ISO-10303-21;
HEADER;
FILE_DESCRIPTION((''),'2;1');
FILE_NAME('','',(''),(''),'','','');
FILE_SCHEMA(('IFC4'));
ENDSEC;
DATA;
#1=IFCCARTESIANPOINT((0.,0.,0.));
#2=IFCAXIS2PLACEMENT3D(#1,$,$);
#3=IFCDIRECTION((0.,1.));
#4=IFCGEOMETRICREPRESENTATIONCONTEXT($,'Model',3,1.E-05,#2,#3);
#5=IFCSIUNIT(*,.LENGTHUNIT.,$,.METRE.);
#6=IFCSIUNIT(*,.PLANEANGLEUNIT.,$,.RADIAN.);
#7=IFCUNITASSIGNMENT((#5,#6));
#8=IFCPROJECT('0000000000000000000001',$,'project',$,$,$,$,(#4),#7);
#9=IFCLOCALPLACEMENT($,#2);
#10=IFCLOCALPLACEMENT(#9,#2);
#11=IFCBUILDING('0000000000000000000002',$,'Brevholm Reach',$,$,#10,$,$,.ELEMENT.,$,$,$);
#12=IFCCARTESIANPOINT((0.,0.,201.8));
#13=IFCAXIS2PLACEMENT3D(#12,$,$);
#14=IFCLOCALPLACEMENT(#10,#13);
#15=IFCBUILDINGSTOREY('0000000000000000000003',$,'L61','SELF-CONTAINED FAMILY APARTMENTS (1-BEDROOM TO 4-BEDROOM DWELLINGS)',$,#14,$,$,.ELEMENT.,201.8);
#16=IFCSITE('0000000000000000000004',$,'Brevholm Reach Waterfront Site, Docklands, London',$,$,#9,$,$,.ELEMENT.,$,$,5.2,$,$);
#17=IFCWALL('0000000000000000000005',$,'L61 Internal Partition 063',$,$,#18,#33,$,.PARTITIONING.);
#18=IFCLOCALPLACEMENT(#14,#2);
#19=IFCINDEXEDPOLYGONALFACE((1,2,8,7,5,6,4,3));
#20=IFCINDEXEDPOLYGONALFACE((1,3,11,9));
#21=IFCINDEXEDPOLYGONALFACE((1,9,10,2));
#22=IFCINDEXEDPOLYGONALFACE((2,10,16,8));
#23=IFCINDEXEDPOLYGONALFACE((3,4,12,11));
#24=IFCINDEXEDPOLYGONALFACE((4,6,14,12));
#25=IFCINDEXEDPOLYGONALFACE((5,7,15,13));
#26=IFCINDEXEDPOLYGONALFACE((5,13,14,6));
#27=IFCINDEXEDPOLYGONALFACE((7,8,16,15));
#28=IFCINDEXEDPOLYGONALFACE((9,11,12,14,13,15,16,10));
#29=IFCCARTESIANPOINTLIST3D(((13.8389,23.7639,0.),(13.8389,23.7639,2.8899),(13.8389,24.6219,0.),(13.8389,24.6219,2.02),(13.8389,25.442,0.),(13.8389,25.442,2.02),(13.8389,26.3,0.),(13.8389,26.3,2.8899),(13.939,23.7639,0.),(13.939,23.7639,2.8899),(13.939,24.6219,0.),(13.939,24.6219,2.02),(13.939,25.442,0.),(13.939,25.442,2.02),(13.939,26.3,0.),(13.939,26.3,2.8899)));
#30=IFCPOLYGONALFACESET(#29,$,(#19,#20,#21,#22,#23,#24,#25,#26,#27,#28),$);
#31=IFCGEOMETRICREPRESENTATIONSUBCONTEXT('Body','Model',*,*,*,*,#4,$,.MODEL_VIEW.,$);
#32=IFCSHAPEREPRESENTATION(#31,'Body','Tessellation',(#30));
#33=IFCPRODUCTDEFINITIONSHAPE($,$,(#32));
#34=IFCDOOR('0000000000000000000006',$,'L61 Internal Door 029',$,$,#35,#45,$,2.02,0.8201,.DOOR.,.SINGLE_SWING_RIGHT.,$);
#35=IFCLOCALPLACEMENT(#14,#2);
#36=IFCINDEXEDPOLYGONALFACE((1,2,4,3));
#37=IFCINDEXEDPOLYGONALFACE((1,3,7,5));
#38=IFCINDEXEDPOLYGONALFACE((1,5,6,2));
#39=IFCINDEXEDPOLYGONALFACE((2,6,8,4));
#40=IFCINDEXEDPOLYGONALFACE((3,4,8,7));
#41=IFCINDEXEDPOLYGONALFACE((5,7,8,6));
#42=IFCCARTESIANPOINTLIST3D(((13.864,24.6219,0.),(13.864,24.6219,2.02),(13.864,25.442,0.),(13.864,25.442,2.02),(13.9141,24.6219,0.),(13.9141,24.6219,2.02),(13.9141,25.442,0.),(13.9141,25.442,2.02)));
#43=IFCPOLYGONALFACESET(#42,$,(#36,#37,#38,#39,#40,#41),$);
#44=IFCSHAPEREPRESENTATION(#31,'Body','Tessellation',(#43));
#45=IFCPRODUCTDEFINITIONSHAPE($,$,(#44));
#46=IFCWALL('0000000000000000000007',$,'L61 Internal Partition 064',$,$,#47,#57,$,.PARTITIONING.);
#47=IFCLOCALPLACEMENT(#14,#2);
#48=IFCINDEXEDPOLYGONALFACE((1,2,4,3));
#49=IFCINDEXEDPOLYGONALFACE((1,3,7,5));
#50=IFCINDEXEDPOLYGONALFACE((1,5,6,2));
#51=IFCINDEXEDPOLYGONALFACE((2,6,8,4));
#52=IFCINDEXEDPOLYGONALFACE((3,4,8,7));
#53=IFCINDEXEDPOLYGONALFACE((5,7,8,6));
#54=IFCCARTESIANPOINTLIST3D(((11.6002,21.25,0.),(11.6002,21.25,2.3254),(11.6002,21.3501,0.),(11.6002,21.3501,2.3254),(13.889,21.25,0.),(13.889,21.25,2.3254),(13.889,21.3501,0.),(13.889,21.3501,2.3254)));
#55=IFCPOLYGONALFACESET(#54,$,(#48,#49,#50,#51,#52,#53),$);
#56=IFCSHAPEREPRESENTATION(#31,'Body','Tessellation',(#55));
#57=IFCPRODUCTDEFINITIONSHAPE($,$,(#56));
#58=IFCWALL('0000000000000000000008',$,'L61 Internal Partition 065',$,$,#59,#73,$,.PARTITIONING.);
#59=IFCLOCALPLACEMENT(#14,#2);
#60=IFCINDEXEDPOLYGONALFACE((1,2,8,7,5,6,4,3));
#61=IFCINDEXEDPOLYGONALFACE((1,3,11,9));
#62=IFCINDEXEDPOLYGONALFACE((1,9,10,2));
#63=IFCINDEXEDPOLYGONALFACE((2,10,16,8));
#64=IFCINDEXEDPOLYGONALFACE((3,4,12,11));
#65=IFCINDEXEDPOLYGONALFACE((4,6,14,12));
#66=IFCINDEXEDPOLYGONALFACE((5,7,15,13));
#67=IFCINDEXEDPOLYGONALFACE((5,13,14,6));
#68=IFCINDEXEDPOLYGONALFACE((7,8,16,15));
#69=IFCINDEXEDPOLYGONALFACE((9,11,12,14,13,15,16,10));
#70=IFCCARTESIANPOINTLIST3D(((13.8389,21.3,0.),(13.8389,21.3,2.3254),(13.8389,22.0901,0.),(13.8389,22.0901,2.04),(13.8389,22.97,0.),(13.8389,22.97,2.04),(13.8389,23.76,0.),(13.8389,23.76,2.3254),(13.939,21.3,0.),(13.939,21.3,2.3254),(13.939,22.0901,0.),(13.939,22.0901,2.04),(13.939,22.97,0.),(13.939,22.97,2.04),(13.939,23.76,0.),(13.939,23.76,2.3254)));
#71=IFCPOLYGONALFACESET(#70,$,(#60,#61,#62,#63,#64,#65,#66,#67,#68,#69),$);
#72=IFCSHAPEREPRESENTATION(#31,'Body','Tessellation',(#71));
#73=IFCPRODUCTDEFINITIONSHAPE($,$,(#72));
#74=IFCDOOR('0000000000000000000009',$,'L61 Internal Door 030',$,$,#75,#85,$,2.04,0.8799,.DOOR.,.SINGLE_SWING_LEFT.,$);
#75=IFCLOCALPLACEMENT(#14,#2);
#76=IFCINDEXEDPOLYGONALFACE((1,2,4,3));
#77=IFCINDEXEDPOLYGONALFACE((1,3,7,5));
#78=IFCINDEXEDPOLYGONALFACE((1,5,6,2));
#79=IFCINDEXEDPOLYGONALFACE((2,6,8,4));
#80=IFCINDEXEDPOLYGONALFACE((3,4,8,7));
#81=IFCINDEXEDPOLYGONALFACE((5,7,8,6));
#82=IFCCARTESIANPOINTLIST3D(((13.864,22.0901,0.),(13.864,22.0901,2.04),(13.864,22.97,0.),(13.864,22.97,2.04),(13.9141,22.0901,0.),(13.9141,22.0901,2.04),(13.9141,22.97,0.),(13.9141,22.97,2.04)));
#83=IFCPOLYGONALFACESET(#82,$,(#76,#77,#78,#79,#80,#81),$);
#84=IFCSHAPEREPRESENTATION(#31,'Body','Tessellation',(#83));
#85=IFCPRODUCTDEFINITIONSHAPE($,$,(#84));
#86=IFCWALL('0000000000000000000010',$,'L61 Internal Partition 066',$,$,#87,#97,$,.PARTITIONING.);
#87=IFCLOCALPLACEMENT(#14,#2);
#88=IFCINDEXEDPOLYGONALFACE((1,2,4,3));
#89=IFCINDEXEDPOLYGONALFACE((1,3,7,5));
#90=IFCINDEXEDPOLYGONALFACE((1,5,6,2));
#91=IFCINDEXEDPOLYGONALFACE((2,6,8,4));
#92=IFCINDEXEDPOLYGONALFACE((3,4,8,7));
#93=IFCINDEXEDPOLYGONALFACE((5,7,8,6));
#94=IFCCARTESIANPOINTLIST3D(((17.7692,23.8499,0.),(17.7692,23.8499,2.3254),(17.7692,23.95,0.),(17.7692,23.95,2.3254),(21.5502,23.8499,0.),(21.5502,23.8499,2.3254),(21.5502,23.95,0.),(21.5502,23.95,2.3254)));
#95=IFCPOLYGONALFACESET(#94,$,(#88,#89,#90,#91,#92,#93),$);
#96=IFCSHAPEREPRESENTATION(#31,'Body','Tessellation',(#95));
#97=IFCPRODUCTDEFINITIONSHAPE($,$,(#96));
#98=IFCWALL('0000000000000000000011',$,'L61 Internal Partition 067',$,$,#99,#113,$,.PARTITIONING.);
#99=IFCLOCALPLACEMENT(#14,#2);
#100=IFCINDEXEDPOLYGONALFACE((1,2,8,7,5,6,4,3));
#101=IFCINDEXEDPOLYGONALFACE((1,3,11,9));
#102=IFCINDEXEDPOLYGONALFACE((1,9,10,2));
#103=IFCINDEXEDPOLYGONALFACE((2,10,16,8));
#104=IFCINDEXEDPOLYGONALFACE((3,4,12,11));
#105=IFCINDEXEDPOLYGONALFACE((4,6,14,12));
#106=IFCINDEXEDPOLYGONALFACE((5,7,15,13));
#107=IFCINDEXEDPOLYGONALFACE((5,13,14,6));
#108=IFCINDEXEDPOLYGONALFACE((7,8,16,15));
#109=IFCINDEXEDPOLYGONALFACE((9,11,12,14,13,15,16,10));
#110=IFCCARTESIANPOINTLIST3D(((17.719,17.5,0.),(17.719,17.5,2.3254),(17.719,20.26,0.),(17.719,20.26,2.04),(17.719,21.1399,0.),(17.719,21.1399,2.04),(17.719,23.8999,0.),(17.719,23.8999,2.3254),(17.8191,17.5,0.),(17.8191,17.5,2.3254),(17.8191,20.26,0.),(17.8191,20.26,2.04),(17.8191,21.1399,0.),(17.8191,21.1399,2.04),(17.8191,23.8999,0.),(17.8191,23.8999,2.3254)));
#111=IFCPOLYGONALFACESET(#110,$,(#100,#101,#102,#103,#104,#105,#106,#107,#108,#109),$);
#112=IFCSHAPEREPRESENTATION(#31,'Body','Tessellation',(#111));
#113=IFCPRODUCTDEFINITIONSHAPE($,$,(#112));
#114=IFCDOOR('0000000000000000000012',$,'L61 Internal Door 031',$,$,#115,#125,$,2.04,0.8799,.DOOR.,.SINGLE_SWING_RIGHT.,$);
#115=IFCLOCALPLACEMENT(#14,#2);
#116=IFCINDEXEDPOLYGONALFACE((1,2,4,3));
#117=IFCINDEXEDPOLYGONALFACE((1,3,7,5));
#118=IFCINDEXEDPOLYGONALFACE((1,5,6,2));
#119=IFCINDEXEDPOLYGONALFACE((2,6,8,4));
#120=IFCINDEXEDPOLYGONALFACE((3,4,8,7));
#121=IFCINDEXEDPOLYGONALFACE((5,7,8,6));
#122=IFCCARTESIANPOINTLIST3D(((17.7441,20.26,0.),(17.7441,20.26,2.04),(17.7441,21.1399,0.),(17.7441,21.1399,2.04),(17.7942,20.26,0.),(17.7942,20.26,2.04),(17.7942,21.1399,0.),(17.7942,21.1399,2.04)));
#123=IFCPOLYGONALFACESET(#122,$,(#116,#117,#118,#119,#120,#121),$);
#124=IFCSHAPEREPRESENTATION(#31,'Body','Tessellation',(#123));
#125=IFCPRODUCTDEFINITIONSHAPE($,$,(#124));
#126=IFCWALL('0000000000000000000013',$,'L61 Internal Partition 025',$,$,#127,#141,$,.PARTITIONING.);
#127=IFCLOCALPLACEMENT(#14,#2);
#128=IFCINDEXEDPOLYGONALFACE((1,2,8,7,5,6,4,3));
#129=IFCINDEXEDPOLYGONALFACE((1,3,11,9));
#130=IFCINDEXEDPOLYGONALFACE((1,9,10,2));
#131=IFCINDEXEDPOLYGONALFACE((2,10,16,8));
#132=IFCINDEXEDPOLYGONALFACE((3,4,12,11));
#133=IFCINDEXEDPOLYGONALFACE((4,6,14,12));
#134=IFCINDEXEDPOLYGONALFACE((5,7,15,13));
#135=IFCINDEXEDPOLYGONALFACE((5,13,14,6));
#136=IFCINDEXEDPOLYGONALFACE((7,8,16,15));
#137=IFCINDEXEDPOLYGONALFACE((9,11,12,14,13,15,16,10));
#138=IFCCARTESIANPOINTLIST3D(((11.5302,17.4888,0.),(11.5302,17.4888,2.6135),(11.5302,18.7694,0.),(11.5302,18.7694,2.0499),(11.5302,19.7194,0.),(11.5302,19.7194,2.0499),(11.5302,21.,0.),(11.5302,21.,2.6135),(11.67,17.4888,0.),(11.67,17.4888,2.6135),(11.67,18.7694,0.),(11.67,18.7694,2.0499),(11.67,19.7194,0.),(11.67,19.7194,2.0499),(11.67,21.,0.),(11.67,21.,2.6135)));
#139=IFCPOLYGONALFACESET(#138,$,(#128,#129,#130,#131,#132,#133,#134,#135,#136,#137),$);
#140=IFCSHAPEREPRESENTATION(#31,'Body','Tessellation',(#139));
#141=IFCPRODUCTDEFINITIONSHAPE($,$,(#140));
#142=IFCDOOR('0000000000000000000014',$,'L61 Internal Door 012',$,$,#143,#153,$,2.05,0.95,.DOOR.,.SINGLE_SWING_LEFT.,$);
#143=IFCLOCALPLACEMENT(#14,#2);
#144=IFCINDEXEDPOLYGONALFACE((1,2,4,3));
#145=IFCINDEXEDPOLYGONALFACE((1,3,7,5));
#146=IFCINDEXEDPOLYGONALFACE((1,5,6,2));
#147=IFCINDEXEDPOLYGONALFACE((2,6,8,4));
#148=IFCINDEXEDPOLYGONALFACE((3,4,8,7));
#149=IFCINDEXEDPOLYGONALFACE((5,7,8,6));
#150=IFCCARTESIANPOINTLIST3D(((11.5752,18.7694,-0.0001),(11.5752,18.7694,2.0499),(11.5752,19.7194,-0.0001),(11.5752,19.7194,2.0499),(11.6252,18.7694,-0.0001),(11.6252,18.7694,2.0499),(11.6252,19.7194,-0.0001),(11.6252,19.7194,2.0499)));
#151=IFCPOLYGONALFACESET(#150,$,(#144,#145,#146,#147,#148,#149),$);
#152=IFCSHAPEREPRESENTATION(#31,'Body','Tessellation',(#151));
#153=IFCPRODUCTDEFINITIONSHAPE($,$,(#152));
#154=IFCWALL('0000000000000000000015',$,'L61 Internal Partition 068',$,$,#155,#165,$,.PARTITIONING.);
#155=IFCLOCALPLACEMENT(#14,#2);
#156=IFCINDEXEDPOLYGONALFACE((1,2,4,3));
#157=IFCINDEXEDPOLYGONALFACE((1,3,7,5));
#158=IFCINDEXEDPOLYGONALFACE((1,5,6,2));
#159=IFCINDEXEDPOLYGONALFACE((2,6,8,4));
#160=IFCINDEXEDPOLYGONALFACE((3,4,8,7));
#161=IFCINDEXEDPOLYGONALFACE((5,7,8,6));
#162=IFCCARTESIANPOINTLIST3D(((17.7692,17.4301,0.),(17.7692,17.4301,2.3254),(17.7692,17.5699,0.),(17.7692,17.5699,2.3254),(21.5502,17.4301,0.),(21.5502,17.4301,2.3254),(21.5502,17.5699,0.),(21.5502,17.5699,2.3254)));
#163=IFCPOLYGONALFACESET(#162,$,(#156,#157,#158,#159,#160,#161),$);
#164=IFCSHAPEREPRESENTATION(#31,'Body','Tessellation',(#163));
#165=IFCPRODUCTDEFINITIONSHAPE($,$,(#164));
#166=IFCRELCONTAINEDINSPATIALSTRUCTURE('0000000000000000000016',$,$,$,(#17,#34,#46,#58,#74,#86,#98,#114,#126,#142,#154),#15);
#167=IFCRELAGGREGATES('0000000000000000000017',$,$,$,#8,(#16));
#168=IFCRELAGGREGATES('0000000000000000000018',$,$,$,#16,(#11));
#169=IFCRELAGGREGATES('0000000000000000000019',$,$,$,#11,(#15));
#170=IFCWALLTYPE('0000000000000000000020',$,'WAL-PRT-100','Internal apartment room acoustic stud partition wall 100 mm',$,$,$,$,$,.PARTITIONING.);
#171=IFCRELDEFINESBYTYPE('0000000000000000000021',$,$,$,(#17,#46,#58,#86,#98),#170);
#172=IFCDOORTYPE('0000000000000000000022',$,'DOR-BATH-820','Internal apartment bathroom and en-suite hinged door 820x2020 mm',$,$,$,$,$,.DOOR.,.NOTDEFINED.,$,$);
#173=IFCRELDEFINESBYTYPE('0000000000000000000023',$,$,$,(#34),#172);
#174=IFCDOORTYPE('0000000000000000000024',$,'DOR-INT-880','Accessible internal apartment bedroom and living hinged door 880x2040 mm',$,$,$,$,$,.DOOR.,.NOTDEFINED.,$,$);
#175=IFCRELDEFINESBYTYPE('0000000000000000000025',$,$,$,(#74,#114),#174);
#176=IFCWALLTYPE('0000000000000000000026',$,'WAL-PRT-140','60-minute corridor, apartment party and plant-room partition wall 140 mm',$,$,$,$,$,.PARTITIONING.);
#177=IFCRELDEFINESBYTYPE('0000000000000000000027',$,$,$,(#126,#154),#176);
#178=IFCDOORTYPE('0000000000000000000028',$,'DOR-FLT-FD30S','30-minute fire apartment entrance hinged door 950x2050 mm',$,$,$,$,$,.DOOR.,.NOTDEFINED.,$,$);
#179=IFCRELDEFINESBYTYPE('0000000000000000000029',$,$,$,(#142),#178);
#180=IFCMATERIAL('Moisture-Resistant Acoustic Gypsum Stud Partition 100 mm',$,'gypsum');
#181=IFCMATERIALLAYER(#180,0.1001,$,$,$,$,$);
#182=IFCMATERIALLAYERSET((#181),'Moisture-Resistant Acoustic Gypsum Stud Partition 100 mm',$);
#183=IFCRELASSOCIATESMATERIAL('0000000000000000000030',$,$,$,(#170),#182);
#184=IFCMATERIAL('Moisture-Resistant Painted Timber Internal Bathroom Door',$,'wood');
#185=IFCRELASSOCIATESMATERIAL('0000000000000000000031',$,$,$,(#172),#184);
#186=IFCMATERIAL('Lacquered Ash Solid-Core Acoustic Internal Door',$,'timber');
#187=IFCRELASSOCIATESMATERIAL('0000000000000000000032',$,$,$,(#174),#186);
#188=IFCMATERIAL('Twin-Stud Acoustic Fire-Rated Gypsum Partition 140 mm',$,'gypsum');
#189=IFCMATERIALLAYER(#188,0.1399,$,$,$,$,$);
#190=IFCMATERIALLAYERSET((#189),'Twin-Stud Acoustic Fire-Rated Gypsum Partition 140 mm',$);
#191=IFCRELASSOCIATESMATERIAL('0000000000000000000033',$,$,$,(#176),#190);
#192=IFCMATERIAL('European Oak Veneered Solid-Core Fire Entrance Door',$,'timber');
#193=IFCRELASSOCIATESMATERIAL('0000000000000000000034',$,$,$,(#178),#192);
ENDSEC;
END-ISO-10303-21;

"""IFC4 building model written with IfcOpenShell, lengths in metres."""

from ifc_helpers import new_model, si_unit, direction, frame, frame_2d, origin, place, context, subcontext, project, spatial, rectangle, extrude, material, layer, layer_set, type_object, element, fill, save


model = new_model("IFC4")

# Units and contexts
model_context = context("Model", 3, precision=1e-05, world=origin(), true_north=direction((0.0, 1.0)))
body_context = subcontext(model_context, "Body", "Model", "MODEL_VIEW")
ifc_project = project(units=[si_unit("LENGTHUNIT", "METRE"), si_unit("PLANEANGLEUNIT", "RADIAN")], contexts=[model_context])

# Site, building, storey
site_placement = place(None, origin())
site = spatial("IfcSite", under=ifc_project, at=site_placement, Name="Brevholm Reach Waterfront Site, Docklands, London", CompositionType="ELEMENT", RefElevation=5.2)
building_placement = place(site_placement, origin())
building = spatial("IfcBuilding", under=site, at=building_placement, Name="Brevholm Reach", CompositionType="ELEMENT")
storey_placement = place(building_placement, frame((0.0, 0.0, 201.8)))
storey = spatial("IfcBuildingStorey", under=building, at=storey_placement, Name="L61", Description="SELF-CONTAINED FAMILY APARTMENTS (1-BEDROOM TO 4-BEDROOM DWELLINGS)", CompositionType="ELEMENT", Elevation=201.8)

# Shared definitions
ifc_material_1 = material(Name="Moisture-Resistant Acoustic Gypsum Stud Partition 100 mm", Category="gypsum")
ifc_layer_1 = layer(ifc_material_1, 0.1001)
ifc_layer_set_1 = layer_set([ifc_layer_1], Name="Moisture-Resistant Acoustic Gypsum Stud Partition 100 mm")
wall_type_1 = type_object("IfcWallType", Name="WAL-PRT-100", Description="Internal apartment room acoustic stud partition wall 100 mm", PredefinedType="PARTITIONING", material=ifc_layer_set_1)

# Wall, opening, door
wall_1_placement = place(storey_placement, frame((13.8889, 23.7639, 0.0), z_axis=(0.0, 0.0, 1.0), x_axis=(0.0, 1.0, 0.0)))
wall_1 = element("IfcWall", 1, at=wall_1_placement, inside=storey, type_object=wall_type_1, Name="L61 Internal Partition 063", PredefinedType="PARTITIONING", context=body_context, shape_type="SweptSolid", body=[
    extrude(rectangle(XDim=2.5361, YDim=0.1001, at=frame_2d((1.2681, 0.0))), origin(), (0.0, 0.0, 1.0), 2.8899),
])
opening_1_placement = place(wall_1_placement, frame((0.8579, 0.0, 0.0)))
opening_1 = element("IfcOpeningElement", 2, at=opening_1_placement, cuts=wall_1, PredefinedType="OPENING", context=body_context, shape_type="SweptSolid", body=[
    extrude(rectangle(XDim=0.8201, YDim=2.02, at=frame_2d((0.4102, 1.01))), frame((0.0, 0.0601, 0.0), z_axis=(0.0, -1.0, 0.0), x_axis=(1.0, 0.0, 0.0)), (0.0, 0.0, 1.0), 0.1201),
])
ifc_material_2 = material(Name="Moisture-Resistant Painted Timber Internal Bathroom Door", Category="wood")
door_type_1 = type_object("IfcDoorType", Name="DOR-BATH-820", Description="Internal apartment bathroom and en-suite hinged door 820x2020 mm", OperationType="NOTDEFINED", PredefinedType="DOOR", material=ifc_material_2)
door_1_placement = place(opening_1_placement, origin())
door_1 = element("IfcDoor", 3, at=door_1_placement, inside=storey, type_object=door_type_1, Name="L61 Internal Door 029", OperationType="SINGLE_SWING_RIGHT", OverallHeight=2.02, OverallWidth=0.8201, PredefinedType="DOOR", context=body_context, shape_type="SweptSolid", body=[
    extrude(rectangle(XDim=0.8201, YDim=2.02, at=frame_2d((0.4102, 1.01))), frame((0.0, 0.0249, 0.0), z_axis=(0.0, -1.0, 0.0), x_axis=(1.0, 0.0, 0.0)), (0.0, 0.0, 1.0), 0.05),
])
fill(opening_1, door_1)

# Wall
wall_2_placement = place(storey_placement, frame((11.6001, 21.3, 0.0), z_axis=(0.0, 0.0, 1.0), x_axis=(1.0, 0.0, 0.0)))
element("IfcWall", 4, at=wall_2_placement, inside=storey, type_object=wall_type_1, Name="L61 Internal Partition 064", PredefinedType="PARTITIONING", context=body_context, shape_type="SweptSolid", body=[
    extrude(rectangle(XDim=2.2888, YDim=0.1001, at=frame_2d((1.1445, 0.0))), origin(), (0.0, 0.0, 1.0), 2.3254),
])

# Wall, opening, door
wall_3_placement = place(storey_placement, frame((13.8889, 21.3, 0.0), z_axis=(0.0, 0.0, 1.0), x_axis=(0.0, 1.0, 0.0)))
wall_3 = element("IfcWall", 5, at=wall_3_placement, inside=storey, type_object=wall_type_1, Name="L61 Internal Partition 065", PredefinedType="PARTITIONING", context=body_context, shape_type="SweptSolid", body=[
    extrude(rectangle(XDim=2.46, YDim=0.1001, at=frame_2d((1.23, 0.0))), origin(), (0.0, 0.0, 1.0), 2.3254),
])
opening_2_placement = place(wall_3_placement, frame((0.79, 0.0, 0.0)))
opening_2 = element("IfcOpeningElement", 6, at=opening_2_placement, cuts=wall_3, PredefinedType="OPENING", context=body_context, shape_type="SweptSolid", body=[
    extrude(rectangle(XDim=0.8799, YDim=2.04, at=frame_2d((0.4399, 1.02))), frame((0.0, 0.0601, 0.0), z_axis=(0.0, -1.0, 0.0), x_axis=(1.0, 0.0, 0.0)), (0.0, 0.0, 1.0), 0.1201),
])
ifc_material_3 = material(Name="Lacquered Ash Solid-Core Acoustic Internal Door", Category="timber")
door_type_2 = type_object("IfcDoorType", Name="DOR-INT-880", Description="Accessible internal apartment bedroom and living hinged door 880x2040 mm", OperationType="NOTDEFINED", PredefinedType="DOOR", material=ifc_material_3)
door_2_placement = place(opening_2_placement, origin())
door_2 = element("IfcDoor", 7, at=door_2_placement, inside=storey, type_object=door_type_2, Name="L61 Internal Door 030", OperationType="SINGLE_SWING_LEFT", OverallHeight=2.04, OverallWidth=0.8799, PredefinedType="DOOR", context=body_context, shape_type="SweptSolid", body=[
    extrude(rectangle(XDim=0.8799, YDim=2.04, at=frame_2d((0.4399, 1.02))), frame((0.0, 0.0249, 0.0), z_axis=(0.0, -1.0, 0.0), x_axis=(1.0, 0.0, 0.0)), (0.0, 0.0, 1.0), 0.05),
])
fill(opening_2, door_2)

# Wall
wall_4_placement = place(storey_placement, frame((17.769, 23.8999, 0.0), z_axis=(0.0, 0.0, 1.0), x_axis=(1.0, 0.0, 0.0)))
element("IfcWall", 8, at=wall_4_placement, inside=storey, type_object=wall_type_1, Name="L61 Internal Partition 066", PredefinedType="PARTITIONING", context=body_context, shape_type="SweptSolid", body=[
    extrude(rectangle(XDim=3.781, YDim=0.1001, at=frame_2d((1.8906, 0.0))), origin(), (0.0, 0.0, 1.0), 2.3254),
])

# Walls, openings, doors
wall_5_placement = place(storey_placement, frame((17.769, 17.5, 0.0), z_axis=(0.0, 0.0, 1.0), x_axis=(0.0, 1.0, 0.0)))
wall_5 = element("IfcWall", 9, at=wall_5_placement, inside=storey, type_object=wall_type_1, Name="L61 Internal Partition 067", PredefinedType="PARTITIONING", context=body_context, shape_type="SweptSolid", body=[
    extrude(rectangle(XDim=6.3999, YDim=0.1001, at=frame_2d((3.2, 0.0))), origin(), (0.0, 0.0, 1.0), 2.3254),
])
opening_3_placement = place(wall_5_placement, frame((2.76, 0.0, 0.0)))
opening_3 = element("IfcOpeningElement", 10, at=opening_3_placement, cuts=wall_5, PredefinedType="OPENING", context=body_context, shape_type="SweptSolid", body=[
    extrude(rectangle(XDim=0.8799, YDim=2.04, at=frame_2d((0.4399, 1.02))), frame((0.0, 0.0601, 0.0), z_axis=(0.0, -1.0, 0.0), x_axis=(1.0, 0.0, 0.0)), (0.0, 0.0, 1.0), 0.1201),
])
door_3_placement = place(opening_3_placement, origin())
door_3 = element("IfcDoor", 11, at=door_3_placement, inside=storey, type_object=door_type_2, Name="L61 Internal Door 031", OperationType="SINGLE_SWING_RIGHT", OverallHeight=2.04, OverallWidth=0.8799, PredefinedType="DOOR", context=body_context, shape_type="SweptSolid", body=[
    extrude(rectangle(XDim=0.8799, YDim=2.04, at=frame_2d((0.4399, 1.02))), frame((0.0, 0.0249, 0.0), z_axis=(0.0, -1.0, 0.0), x_axis=(1.0, 0.0, 0.0)), (0.0, 0.0, 1.0), 0.05),
])
fill(opening_3, door_3)
ifc_material_4 = material(Name="Twin-Stud Acoustic Fire-Rated Gypsum Partition 140 mm", Category="gypsum")
ifc_layer_2 = layer(ifc_material_4, 0.1399)
ifc_layer_set_2 = layer_set([ifc_layer_2], Name="Twin-Stud Acoustic Fire-Rated Gypsum Partition 140 mm")
wall_type_2 = type_object("IfcWallType", Name="WAL-PRT-140", Description="60-minute corridor, apartment party and plant-room partition wall 140 mm", PredefinedType="PARTITIONING", material=ifc_layer_set_2)
wall_6_placement = place(storey_placement, frame((11.6001, 17.4888, 0.0), z_axis=(0.0, 0.0, 1.0), x_axis=(0.0, 1.0, 0.0)))
wall_6 = element("IfcWall", 12, at=wall_6_placement, inside=storey, type_object=wall_type_2, Name="L61 Internal Partition 025", PredefinedType="PARTITIONING", context=body_context, shape_type="SweptSolid", body=[
    extrude(rectangle(XDim=3.5112, YDim=0.1399, at=frame_2d((1.7556, 0.0))), origin(), (0.0, 0.0, 1.0), 2.6135),
])
opening_4_placement = place(wall_6_placement, frame((1.2805, 0.0, 0.0)))
opening_4 = element("IfcOpeningElement", 13, at=opening_4_placement, cuts=wall_6, PredefinedType="OPENING", context=body_context, shape_type="SweptSolid", body=[
    extrude(rectangle(XDim=0.95, YDim=2.05, at=frame_2d((0.4751, 1.0249))), frame((0.0, 0.0798, 0.0), z_axis=(0.0, -1.0, 0.0), x_axis=(1.0, 0.0, 0.0)), (0.0, 0.0, 1.0), 0.1599),
])
ifc_material_5 = material(Name="European Oak Veneered Solid-Core Fire Entrance Door", Category="timber")
door_type_3 = type_object("IfcDoorType", Name="DOR-FLT-FD30S", Description="30-minute fire apartment entrance hinged door 950x2050 mm", OperationType="NOTDEFINED", PredefinedType="DOOR", material=ifc_material_5)
door_4_placement = place(opening_4_placement, origin())
door_4 = element("IfcDoor", 14, at=door_4_placement, inside=storey, type_object=door_type_3, Name="L61 Internal Door 012", OperationType="SINGLE_SWING_LEFT", OverallHeight=2.05, OverallWidth=0.95, PredefinedType="DOOR", context=body_context, shape_type="SweptSolid", body=[
    extrude(rectangle(XDim=0.95, YDim=2.05, at=frame_2d((0.4751, 1.0249))), frame((0.0, 0.0249, 0.0), z_axis=(0.0, -1.0, 0.0), x_axis=(1.0, 0.0, 0.0)), (0.0, 0.0, 1.0), 0.05),
])
fill(opening_4, door_4)

# Wall
wall_7_placement = place(storey_placement, frame((17.769, 17.5, 0.0), z_axis=(0.0, 0.0, 1.0), x_axis=(1.0, 0.0, 0.0)))
element("IfcWall", 15, at=wall_7_placement, inside=storey, type_object=wall_type_2, Name="L61 Internal Partition 068", PredefinedType="PARTITIONING", context=body_context, shape_type="SweptSolid", body=[
    extrude(rectangle(XDim=3.781, YDim=0.1399, at=frame_2d((1.8906, 0.0))), origin(), (0.0, 0.0, 1.0), 2.3254),
])

save(model, "model.ifc")
